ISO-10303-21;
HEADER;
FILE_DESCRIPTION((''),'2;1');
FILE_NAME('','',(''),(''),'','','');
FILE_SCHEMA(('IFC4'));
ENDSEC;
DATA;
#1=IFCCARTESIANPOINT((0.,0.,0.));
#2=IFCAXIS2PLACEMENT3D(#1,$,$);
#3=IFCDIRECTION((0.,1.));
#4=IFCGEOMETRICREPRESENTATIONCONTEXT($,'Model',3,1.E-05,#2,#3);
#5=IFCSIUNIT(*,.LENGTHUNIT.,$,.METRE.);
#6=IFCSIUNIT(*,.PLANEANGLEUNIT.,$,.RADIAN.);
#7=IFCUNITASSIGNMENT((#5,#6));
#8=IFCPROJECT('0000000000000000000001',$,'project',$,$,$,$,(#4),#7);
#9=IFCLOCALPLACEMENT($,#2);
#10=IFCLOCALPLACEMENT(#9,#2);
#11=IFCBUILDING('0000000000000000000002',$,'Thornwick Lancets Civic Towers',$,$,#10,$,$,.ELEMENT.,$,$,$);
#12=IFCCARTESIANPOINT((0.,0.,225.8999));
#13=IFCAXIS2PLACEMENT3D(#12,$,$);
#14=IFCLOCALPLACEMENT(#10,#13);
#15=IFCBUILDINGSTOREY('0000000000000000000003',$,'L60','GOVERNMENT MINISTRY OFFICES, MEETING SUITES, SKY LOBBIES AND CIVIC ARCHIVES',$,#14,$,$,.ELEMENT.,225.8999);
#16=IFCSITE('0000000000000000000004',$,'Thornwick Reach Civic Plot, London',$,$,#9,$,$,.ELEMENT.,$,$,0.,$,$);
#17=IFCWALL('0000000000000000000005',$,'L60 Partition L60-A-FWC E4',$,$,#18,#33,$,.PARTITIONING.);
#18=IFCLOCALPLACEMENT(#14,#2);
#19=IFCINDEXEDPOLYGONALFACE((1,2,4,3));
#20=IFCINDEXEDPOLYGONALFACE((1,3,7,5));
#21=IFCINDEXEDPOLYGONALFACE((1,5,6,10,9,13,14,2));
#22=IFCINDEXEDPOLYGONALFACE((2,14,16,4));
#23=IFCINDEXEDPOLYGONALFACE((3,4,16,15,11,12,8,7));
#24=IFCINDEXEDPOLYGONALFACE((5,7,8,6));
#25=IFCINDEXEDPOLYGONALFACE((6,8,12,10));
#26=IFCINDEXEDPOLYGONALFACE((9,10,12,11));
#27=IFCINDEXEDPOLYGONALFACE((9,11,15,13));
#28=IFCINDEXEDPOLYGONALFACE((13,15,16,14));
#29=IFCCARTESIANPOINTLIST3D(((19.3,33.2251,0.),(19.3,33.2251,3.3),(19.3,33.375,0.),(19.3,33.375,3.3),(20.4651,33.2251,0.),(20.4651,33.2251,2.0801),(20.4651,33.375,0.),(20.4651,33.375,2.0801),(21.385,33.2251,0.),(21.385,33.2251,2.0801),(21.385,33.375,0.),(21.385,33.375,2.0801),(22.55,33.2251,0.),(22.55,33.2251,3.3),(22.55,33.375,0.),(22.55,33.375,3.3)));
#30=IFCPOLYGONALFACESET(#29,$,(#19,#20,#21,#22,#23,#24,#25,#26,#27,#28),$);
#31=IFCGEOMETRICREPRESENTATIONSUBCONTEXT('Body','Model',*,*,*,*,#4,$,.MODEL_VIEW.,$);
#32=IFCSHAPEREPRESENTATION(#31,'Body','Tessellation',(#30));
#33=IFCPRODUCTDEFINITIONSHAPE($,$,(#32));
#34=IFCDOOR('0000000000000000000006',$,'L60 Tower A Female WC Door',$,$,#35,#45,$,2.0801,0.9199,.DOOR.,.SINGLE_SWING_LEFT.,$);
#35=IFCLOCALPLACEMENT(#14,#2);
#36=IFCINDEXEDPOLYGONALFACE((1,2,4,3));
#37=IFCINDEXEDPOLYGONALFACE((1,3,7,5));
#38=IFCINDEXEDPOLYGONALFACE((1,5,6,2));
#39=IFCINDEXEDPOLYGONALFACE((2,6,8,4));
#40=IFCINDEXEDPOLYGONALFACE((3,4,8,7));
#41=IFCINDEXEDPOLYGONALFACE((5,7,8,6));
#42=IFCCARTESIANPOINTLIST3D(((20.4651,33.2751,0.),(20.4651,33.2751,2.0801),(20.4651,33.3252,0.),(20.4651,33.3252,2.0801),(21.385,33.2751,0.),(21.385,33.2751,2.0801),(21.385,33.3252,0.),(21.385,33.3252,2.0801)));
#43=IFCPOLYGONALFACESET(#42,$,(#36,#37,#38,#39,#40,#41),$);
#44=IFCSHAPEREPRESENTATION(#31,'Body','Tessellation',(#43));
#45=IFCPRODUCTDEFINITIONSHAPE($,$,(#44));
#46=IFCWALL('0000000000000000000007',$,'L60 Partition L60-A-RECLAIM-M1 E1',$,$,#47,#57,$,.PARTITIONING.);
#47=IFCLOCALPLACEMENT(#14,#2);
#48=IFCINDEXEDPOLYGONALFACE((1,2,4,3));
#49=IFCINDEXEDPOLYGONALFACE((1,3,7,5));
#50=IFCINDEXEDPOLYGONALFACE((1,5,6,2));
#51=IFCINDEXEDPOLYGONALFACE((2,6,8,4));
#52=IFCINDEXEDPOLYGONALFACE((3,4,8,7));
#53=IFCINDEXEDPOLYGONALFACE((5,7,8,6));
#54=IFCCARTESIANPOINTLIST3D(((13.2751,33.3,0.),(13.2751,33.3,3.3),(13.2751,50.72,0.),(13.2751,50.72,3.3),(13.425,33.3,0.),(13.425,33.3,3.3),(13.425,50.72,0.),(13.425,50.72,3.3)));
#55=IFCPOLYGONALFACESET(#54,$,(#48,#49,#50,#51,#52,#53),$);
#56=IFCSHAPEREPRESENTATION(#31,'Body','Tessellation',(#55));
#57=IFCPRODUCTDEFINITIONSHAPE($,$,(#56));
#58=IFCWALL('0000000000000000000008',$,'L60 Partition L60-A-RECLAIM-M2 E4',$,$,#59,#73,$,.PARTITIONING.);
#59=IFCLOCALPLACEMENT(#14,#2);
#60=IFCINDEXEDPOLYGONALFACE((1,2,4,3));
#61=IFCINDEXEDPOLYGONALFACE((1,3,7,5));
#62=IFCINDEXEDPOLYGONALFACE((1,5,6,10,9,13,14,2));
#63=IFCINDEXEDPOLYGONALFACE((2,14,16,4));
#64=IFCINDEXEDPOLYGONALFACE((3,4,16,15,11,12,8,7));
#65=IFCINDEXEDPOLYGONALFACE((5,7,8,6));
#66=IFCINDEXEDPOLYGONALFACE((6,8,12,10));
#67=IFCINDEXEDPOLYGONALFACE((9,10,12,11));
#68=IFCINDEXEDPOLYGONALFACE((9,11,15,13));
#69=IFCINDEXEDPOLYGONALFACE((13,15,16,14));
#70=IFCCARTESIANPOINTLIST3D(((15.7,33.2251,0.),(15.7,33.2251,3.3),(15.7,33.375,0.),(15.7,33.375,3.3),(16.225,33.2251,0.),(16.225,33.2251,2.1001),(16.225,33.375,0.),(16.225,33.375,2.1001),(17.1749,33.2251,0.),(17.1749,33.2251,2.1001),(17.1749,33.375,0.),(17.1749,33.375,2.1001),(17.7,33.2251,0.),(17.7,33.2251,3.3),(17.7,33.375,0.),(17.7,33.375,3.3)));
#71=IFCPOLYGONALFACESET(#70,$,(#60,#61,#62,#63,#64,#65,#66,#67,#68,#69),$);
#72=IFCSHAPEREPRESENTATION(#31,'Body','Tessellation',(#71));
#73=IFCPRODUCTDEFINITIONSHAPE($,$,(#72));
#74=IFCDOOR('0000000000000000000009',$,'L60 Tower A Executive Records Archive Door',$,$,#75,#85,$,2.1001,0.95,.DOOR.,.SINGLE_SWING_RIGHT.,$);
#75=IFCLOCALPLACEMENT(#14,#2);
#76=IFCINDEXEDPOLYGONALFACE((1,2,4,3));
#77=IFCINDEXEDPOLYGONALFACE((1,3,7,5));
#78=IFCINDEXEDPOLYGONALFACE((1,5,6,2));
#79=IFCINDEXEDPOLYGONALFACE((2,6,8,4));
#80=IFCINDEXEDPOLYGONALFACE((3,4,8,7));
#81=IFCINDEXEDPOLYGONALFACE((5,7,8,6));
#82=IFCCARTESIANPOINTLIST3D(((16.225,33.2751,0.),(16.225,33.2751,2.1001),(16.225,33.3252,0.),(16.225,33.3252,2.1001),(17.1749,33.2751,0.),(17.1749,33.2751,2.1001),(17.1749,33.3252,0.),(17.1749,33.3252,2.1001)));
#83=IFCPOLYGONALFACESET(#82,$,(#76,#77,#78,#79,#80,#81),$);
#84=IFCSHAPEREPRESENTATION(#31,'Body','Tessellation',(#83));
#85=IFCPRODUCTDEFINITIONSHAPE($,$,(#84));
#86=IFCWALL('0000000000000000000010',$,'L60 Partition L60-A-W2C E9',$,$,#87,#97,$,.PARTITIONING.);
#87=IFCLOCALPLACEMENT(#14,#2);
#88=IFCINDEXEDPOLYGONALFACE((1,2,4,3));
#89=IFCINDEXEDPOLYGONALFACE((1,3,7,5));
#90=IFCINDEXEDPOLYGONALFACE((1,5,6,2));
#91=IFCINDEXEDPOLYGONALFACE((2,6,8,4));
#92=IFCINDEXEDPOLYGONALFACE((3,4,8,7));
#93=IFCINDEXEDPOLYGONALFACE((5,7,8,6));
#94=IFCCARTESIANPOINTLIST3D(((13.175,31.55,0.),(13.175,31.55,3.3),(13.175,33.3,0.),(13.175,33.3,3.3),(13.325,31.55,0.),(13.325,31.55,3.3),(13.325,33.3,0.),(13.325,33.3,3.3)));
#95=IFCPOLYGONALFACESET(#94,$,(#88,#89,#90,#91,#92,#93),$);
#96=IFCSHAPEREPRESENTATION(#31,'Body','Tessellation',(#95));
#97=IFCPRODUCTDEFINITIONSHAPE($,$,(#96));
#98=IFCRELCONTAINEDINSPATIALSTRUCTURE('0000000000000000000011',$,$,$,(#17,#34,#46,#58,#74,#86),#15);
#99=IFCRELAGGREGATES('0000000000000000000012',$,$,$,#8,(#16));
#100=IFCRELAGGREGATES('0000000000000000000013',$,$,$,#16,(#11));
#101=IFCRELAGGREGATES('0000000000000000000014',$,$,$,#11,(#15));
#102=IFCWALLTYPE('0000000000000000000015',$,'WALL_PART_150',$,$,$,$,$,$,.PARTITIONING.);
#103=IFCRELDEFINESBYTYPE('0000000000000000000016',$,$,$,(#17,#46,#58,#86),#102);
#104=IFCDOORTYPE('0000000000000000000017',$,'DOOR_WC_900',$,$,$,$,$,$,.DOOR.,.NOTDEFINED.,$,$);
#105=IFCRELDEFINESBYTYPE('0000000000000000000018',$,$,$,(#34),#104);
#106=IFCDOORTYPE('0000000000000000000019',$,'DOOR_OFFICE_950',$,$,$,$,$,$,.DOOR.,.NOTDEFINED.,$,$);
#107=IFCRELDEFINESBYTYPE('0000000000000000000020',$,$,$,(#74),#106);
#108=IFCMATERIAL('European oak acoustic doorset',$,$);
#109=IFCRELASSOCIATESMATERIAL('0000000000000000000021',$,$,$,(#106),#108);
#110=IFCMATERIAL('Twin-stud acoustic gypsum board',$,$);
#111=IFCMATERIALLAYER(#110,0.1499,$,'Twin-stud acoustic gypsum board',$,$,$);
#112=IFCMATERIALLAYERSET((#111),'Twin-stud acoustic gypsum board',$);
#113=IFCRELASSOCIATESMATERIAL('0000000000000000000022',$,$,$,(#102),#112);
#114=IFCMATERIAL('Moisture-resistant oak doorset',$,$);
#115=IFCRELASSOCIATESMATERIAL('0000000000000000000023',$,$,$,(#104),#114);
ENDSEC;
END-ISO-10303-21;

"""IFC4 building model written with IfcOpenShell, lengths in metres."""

from ifc_helpers import new_model, si_unit, direction, frame, frame_2d, origin, place, context, subcontext, project, spatial, rectangle, extrude, material, layer, layer_set, type_object, element, fill, save


model = new_model("IFC4")

# Units and contexts
model_context = context("Model", 3, precision=1e-05, world=origin(), true_north=direction((0.0, 1.0)))
body_context = subcontext(model_context, "Body", "Model", "MODEL_VIEW")
ifc_project = project(units=[si_unit("LENGTHUNIT", "METRE"), si_unit("PLANEANGLEUNIT", "RADIAN")], contexts=[model_context])

# Site, building, storey
site_placement = place(None, origin())
site = spatial("IfcSite", under=ifc_project, at=site_placement, Name="Thornwick Reach Civic Plot, London", CompositionType="ELEMENT", RefElevation=0.0)
building_placement = place(site_placement, origin())
building = spatial("IfcBuilding", under=site, at=building_placement, Name="Thornwick Lancets Civic Towers", CompositionType="ELEMENT")
storey_placement = place(building_placement, frame((0.0, 0.0, 225.8999)))
storey = spatial("IfcBuildingStorey", under=building, at=storey_placement, Name="L60", Description="GOVERNMENT MINISTRY OFFICES, MEETING SUITES, SKY LOBBIES AND CIVIC ARCHIVES", CompositionType="ELEMENT", Elevation=225.8999)

# Shared definitions
ifc_material_1 = material(Name="European oak acoustic doorset")
door_type_1 = type_object("IfcDoorType", Name="DOOR_OFFICE_950", OperationType="NOTDEFINED", PredefinedType="DOOR", material=ifc_material_1)

# Shared definitions
ifc_material_2 = material(Name="Twin-stud acoustic gypsum board")
ifc_layer_1 = layer(ifc_material_2, 0.1499, Name="Twin-stud acoustic gypsum board")
ifc_layer_set_1 = layer_set([ifc_layer_1], Name="Twin-stud acoustic gypsum board")
wall_type_1 = type_object("IfcWallType", Name="WALL_PART_150", PredefinedType="PARTITIONING", material=ifc_layer_set_1)

# Wall, opening, door
wall_1_placement = place(storey_placement, frame((22.55, 33.3, 0.0), z_axis=(0.0, 0.0, 1.0), x_axis=(-1.0, 0.0, 0.0)))
wall_1 = element("IfcWall", 1, at=wall_1_placement, inside=storey, type_object=wall_type_1, Name="L60 Partition L60-A-FWC E4", PredefinedType="PARTITIONING", context=body_context, shape_type="SweptSolid", body=[
    extrude(rectangle(XDim=3.25, YDim=0.1499, at=frame_2d((1.625, 0.0))), origin(), (0.0, 0.0, 1.0), 3.3),
])
opening_1_placement = place(wall_1_placement, frame((1.165, 0.0, 0.0)))
opening_1 = element("IfcOpeningElement", 2, at=opening_1_placement, cuts=wall_1, PredefinedType="OPENING", context=body_context, shape_type="SweptSolid", body=[
    extrude(rectangle(XDim=0.9199, YDim=2.0801, at=frame_2d((0.46, 1.04))), frame((0.0, 0.085, 0.0), z_axis=(0.0, -1.0, 0.0), x_axis=(1.0, 0.0, 0.0)), (0.0, 0.0, 1.0), 0.1699),
])
ifc_material_3 = material(Name="Moisture-resistant oak doorset")
door_type_2 = type_object("IfcDoorType", Name="DOOR_WC_900", OperationType="NOTDEFINED", PredefinedType="DOOR", material=ifc_material_3)
door_1_placement = place(opening_1_placement, origin())
door_1 = element("IfcDoor", 3, at=door_1_placement, inside=storey, type_object=door_type_2, Name="L60 Tower A Female WC Door", OperationType="SINGLE_SWING_LEFT", OverallHeight=2.0801, OverallWidth=0.9199, PredefinedType="DOOR", context=body_context, shape_type="SweptSolid", body=[
    extrude(rectangle(XDim=0.9199, YDim=2.0801, at=frame_2d((0.46, 1.04))), frame((0.0, 0.0249, 0.0), z_axis=(0.0, -1.0, 0.0), x_axis=(1.0, 0.0, 0.0)), (0.0, 0.0, 1.0), 0.05),
])
fill(opening_1, door_1)

# Wall
wall_2_placement = place(storey_placement, frame((13.3501, 33.3, 0.0), z_axis=(0.0, 0.0, 1.0), x_axis=(0.0, 1.0, 0.0)))
element("IfcWall", 4, at=wall_2_placement, inside=storey, type_object=wall_type_1, Name="L60 Partition L60-A-RECLAIM-M1 E1", PredefinedType="PARTITIONING", context=body_context, shape_type="SweptSolid", body=[
    extrude(rectangle(XDim=17.4199, YDim=0.1499, at=frame_2d((8.71, 0.0))), origin(), (0.0, 0.0, 1.0), 3.3),
])

# Wall, opening, door
wall_3_placement = place(storey_placement, frame((17.7, 33.3, 0.0), z_axis=(0.0, 0.0, 1.0), x_axis=(-1.0, 0.0, 0.0)))
wall_3 = element("IfcWall", 5, at=wall_3_placement, inside=storey, type_object=wall_type_1, Name="L60 Partition L60-A-RECLAIM-M2 E4", PredefinedType="PARTITIONING", context=body_context, shape_type="SweptSolid", body=[
    extrude(rectangle(XDim=2.0, YDim=0.1499, at=frame_2d((1.0, 0.0))), origin(), (0.0, 0.0, 1.0), 3.3),
])
opening_2_placement = place(wall_3_placement, frame((0.5249, 0.0, 0.0)))
opening_2 = element("IfcOpeningElement", 6, at=opening_2_placement, cuts=wall_3, PredefinedType="OPENING", context=body_context, shape_type="SweptSolid", body=[
    extrude(rectangle(XDim=0.95, YDim=2.1001, at=frame_2d((0.4751, 1.05))), frame((0.0, 0.085, 0.0), z_axis=(0.0, -1.0, 0.0), x_axis=(1.0, 0.0, 0.0)), (0.0, 0.0, 1.0), 0.1699),
])
door_2_placement = place(opening_2_placement, origin())
door_2 = element("IfcDoor", 7, at=door_2_placement, inside=storey, type_object=door_type_1, Name="L60 Tower A Executive Records Archive Door", OperationType="SINGLE_SWING_RIGHT", OverallHeight=2.1001, OverallWidth=0.95, PredefinedType="DOOR", context=body_context, shape_type="SweptSolid", body=[
    extrude(rectangle(XDim=0.95, YDim=2.1001, at=frame_2d((0.4751, 1.05))), frame((0.0, 0.0249, 0.0), z_axis=(0.0, -1.0, 0.0), x_axis=(1.0, 0.0, 0.0)), (0.0, 0.0, 1.0), 0.05),
])
fill(opening_2, door_2)

# Wall
wall_4_placement = place(storey_placement, frame((13.25, 33.3, 0.0), z_axis=(0.0, 0.0, 1.0), x_axis=(0.0, -1.0, 0.0)))
element("IfcWall", 8, at=wall_4_placement, inside=storey, type_object=wall_type_1, Name="L60 Partition L60-A-W2C E9", PredefinedType="PARTITIONING", context=body_context, shape_type="SweptSolid", body=[
    extrude(rectangle(XDim=1.75, YDim=0.1499, at=frame_2d((0.875, 0.0))), origin(), (0.0, 0.0, 1.0), 3.3),
])

save(model, "model.ifc")
